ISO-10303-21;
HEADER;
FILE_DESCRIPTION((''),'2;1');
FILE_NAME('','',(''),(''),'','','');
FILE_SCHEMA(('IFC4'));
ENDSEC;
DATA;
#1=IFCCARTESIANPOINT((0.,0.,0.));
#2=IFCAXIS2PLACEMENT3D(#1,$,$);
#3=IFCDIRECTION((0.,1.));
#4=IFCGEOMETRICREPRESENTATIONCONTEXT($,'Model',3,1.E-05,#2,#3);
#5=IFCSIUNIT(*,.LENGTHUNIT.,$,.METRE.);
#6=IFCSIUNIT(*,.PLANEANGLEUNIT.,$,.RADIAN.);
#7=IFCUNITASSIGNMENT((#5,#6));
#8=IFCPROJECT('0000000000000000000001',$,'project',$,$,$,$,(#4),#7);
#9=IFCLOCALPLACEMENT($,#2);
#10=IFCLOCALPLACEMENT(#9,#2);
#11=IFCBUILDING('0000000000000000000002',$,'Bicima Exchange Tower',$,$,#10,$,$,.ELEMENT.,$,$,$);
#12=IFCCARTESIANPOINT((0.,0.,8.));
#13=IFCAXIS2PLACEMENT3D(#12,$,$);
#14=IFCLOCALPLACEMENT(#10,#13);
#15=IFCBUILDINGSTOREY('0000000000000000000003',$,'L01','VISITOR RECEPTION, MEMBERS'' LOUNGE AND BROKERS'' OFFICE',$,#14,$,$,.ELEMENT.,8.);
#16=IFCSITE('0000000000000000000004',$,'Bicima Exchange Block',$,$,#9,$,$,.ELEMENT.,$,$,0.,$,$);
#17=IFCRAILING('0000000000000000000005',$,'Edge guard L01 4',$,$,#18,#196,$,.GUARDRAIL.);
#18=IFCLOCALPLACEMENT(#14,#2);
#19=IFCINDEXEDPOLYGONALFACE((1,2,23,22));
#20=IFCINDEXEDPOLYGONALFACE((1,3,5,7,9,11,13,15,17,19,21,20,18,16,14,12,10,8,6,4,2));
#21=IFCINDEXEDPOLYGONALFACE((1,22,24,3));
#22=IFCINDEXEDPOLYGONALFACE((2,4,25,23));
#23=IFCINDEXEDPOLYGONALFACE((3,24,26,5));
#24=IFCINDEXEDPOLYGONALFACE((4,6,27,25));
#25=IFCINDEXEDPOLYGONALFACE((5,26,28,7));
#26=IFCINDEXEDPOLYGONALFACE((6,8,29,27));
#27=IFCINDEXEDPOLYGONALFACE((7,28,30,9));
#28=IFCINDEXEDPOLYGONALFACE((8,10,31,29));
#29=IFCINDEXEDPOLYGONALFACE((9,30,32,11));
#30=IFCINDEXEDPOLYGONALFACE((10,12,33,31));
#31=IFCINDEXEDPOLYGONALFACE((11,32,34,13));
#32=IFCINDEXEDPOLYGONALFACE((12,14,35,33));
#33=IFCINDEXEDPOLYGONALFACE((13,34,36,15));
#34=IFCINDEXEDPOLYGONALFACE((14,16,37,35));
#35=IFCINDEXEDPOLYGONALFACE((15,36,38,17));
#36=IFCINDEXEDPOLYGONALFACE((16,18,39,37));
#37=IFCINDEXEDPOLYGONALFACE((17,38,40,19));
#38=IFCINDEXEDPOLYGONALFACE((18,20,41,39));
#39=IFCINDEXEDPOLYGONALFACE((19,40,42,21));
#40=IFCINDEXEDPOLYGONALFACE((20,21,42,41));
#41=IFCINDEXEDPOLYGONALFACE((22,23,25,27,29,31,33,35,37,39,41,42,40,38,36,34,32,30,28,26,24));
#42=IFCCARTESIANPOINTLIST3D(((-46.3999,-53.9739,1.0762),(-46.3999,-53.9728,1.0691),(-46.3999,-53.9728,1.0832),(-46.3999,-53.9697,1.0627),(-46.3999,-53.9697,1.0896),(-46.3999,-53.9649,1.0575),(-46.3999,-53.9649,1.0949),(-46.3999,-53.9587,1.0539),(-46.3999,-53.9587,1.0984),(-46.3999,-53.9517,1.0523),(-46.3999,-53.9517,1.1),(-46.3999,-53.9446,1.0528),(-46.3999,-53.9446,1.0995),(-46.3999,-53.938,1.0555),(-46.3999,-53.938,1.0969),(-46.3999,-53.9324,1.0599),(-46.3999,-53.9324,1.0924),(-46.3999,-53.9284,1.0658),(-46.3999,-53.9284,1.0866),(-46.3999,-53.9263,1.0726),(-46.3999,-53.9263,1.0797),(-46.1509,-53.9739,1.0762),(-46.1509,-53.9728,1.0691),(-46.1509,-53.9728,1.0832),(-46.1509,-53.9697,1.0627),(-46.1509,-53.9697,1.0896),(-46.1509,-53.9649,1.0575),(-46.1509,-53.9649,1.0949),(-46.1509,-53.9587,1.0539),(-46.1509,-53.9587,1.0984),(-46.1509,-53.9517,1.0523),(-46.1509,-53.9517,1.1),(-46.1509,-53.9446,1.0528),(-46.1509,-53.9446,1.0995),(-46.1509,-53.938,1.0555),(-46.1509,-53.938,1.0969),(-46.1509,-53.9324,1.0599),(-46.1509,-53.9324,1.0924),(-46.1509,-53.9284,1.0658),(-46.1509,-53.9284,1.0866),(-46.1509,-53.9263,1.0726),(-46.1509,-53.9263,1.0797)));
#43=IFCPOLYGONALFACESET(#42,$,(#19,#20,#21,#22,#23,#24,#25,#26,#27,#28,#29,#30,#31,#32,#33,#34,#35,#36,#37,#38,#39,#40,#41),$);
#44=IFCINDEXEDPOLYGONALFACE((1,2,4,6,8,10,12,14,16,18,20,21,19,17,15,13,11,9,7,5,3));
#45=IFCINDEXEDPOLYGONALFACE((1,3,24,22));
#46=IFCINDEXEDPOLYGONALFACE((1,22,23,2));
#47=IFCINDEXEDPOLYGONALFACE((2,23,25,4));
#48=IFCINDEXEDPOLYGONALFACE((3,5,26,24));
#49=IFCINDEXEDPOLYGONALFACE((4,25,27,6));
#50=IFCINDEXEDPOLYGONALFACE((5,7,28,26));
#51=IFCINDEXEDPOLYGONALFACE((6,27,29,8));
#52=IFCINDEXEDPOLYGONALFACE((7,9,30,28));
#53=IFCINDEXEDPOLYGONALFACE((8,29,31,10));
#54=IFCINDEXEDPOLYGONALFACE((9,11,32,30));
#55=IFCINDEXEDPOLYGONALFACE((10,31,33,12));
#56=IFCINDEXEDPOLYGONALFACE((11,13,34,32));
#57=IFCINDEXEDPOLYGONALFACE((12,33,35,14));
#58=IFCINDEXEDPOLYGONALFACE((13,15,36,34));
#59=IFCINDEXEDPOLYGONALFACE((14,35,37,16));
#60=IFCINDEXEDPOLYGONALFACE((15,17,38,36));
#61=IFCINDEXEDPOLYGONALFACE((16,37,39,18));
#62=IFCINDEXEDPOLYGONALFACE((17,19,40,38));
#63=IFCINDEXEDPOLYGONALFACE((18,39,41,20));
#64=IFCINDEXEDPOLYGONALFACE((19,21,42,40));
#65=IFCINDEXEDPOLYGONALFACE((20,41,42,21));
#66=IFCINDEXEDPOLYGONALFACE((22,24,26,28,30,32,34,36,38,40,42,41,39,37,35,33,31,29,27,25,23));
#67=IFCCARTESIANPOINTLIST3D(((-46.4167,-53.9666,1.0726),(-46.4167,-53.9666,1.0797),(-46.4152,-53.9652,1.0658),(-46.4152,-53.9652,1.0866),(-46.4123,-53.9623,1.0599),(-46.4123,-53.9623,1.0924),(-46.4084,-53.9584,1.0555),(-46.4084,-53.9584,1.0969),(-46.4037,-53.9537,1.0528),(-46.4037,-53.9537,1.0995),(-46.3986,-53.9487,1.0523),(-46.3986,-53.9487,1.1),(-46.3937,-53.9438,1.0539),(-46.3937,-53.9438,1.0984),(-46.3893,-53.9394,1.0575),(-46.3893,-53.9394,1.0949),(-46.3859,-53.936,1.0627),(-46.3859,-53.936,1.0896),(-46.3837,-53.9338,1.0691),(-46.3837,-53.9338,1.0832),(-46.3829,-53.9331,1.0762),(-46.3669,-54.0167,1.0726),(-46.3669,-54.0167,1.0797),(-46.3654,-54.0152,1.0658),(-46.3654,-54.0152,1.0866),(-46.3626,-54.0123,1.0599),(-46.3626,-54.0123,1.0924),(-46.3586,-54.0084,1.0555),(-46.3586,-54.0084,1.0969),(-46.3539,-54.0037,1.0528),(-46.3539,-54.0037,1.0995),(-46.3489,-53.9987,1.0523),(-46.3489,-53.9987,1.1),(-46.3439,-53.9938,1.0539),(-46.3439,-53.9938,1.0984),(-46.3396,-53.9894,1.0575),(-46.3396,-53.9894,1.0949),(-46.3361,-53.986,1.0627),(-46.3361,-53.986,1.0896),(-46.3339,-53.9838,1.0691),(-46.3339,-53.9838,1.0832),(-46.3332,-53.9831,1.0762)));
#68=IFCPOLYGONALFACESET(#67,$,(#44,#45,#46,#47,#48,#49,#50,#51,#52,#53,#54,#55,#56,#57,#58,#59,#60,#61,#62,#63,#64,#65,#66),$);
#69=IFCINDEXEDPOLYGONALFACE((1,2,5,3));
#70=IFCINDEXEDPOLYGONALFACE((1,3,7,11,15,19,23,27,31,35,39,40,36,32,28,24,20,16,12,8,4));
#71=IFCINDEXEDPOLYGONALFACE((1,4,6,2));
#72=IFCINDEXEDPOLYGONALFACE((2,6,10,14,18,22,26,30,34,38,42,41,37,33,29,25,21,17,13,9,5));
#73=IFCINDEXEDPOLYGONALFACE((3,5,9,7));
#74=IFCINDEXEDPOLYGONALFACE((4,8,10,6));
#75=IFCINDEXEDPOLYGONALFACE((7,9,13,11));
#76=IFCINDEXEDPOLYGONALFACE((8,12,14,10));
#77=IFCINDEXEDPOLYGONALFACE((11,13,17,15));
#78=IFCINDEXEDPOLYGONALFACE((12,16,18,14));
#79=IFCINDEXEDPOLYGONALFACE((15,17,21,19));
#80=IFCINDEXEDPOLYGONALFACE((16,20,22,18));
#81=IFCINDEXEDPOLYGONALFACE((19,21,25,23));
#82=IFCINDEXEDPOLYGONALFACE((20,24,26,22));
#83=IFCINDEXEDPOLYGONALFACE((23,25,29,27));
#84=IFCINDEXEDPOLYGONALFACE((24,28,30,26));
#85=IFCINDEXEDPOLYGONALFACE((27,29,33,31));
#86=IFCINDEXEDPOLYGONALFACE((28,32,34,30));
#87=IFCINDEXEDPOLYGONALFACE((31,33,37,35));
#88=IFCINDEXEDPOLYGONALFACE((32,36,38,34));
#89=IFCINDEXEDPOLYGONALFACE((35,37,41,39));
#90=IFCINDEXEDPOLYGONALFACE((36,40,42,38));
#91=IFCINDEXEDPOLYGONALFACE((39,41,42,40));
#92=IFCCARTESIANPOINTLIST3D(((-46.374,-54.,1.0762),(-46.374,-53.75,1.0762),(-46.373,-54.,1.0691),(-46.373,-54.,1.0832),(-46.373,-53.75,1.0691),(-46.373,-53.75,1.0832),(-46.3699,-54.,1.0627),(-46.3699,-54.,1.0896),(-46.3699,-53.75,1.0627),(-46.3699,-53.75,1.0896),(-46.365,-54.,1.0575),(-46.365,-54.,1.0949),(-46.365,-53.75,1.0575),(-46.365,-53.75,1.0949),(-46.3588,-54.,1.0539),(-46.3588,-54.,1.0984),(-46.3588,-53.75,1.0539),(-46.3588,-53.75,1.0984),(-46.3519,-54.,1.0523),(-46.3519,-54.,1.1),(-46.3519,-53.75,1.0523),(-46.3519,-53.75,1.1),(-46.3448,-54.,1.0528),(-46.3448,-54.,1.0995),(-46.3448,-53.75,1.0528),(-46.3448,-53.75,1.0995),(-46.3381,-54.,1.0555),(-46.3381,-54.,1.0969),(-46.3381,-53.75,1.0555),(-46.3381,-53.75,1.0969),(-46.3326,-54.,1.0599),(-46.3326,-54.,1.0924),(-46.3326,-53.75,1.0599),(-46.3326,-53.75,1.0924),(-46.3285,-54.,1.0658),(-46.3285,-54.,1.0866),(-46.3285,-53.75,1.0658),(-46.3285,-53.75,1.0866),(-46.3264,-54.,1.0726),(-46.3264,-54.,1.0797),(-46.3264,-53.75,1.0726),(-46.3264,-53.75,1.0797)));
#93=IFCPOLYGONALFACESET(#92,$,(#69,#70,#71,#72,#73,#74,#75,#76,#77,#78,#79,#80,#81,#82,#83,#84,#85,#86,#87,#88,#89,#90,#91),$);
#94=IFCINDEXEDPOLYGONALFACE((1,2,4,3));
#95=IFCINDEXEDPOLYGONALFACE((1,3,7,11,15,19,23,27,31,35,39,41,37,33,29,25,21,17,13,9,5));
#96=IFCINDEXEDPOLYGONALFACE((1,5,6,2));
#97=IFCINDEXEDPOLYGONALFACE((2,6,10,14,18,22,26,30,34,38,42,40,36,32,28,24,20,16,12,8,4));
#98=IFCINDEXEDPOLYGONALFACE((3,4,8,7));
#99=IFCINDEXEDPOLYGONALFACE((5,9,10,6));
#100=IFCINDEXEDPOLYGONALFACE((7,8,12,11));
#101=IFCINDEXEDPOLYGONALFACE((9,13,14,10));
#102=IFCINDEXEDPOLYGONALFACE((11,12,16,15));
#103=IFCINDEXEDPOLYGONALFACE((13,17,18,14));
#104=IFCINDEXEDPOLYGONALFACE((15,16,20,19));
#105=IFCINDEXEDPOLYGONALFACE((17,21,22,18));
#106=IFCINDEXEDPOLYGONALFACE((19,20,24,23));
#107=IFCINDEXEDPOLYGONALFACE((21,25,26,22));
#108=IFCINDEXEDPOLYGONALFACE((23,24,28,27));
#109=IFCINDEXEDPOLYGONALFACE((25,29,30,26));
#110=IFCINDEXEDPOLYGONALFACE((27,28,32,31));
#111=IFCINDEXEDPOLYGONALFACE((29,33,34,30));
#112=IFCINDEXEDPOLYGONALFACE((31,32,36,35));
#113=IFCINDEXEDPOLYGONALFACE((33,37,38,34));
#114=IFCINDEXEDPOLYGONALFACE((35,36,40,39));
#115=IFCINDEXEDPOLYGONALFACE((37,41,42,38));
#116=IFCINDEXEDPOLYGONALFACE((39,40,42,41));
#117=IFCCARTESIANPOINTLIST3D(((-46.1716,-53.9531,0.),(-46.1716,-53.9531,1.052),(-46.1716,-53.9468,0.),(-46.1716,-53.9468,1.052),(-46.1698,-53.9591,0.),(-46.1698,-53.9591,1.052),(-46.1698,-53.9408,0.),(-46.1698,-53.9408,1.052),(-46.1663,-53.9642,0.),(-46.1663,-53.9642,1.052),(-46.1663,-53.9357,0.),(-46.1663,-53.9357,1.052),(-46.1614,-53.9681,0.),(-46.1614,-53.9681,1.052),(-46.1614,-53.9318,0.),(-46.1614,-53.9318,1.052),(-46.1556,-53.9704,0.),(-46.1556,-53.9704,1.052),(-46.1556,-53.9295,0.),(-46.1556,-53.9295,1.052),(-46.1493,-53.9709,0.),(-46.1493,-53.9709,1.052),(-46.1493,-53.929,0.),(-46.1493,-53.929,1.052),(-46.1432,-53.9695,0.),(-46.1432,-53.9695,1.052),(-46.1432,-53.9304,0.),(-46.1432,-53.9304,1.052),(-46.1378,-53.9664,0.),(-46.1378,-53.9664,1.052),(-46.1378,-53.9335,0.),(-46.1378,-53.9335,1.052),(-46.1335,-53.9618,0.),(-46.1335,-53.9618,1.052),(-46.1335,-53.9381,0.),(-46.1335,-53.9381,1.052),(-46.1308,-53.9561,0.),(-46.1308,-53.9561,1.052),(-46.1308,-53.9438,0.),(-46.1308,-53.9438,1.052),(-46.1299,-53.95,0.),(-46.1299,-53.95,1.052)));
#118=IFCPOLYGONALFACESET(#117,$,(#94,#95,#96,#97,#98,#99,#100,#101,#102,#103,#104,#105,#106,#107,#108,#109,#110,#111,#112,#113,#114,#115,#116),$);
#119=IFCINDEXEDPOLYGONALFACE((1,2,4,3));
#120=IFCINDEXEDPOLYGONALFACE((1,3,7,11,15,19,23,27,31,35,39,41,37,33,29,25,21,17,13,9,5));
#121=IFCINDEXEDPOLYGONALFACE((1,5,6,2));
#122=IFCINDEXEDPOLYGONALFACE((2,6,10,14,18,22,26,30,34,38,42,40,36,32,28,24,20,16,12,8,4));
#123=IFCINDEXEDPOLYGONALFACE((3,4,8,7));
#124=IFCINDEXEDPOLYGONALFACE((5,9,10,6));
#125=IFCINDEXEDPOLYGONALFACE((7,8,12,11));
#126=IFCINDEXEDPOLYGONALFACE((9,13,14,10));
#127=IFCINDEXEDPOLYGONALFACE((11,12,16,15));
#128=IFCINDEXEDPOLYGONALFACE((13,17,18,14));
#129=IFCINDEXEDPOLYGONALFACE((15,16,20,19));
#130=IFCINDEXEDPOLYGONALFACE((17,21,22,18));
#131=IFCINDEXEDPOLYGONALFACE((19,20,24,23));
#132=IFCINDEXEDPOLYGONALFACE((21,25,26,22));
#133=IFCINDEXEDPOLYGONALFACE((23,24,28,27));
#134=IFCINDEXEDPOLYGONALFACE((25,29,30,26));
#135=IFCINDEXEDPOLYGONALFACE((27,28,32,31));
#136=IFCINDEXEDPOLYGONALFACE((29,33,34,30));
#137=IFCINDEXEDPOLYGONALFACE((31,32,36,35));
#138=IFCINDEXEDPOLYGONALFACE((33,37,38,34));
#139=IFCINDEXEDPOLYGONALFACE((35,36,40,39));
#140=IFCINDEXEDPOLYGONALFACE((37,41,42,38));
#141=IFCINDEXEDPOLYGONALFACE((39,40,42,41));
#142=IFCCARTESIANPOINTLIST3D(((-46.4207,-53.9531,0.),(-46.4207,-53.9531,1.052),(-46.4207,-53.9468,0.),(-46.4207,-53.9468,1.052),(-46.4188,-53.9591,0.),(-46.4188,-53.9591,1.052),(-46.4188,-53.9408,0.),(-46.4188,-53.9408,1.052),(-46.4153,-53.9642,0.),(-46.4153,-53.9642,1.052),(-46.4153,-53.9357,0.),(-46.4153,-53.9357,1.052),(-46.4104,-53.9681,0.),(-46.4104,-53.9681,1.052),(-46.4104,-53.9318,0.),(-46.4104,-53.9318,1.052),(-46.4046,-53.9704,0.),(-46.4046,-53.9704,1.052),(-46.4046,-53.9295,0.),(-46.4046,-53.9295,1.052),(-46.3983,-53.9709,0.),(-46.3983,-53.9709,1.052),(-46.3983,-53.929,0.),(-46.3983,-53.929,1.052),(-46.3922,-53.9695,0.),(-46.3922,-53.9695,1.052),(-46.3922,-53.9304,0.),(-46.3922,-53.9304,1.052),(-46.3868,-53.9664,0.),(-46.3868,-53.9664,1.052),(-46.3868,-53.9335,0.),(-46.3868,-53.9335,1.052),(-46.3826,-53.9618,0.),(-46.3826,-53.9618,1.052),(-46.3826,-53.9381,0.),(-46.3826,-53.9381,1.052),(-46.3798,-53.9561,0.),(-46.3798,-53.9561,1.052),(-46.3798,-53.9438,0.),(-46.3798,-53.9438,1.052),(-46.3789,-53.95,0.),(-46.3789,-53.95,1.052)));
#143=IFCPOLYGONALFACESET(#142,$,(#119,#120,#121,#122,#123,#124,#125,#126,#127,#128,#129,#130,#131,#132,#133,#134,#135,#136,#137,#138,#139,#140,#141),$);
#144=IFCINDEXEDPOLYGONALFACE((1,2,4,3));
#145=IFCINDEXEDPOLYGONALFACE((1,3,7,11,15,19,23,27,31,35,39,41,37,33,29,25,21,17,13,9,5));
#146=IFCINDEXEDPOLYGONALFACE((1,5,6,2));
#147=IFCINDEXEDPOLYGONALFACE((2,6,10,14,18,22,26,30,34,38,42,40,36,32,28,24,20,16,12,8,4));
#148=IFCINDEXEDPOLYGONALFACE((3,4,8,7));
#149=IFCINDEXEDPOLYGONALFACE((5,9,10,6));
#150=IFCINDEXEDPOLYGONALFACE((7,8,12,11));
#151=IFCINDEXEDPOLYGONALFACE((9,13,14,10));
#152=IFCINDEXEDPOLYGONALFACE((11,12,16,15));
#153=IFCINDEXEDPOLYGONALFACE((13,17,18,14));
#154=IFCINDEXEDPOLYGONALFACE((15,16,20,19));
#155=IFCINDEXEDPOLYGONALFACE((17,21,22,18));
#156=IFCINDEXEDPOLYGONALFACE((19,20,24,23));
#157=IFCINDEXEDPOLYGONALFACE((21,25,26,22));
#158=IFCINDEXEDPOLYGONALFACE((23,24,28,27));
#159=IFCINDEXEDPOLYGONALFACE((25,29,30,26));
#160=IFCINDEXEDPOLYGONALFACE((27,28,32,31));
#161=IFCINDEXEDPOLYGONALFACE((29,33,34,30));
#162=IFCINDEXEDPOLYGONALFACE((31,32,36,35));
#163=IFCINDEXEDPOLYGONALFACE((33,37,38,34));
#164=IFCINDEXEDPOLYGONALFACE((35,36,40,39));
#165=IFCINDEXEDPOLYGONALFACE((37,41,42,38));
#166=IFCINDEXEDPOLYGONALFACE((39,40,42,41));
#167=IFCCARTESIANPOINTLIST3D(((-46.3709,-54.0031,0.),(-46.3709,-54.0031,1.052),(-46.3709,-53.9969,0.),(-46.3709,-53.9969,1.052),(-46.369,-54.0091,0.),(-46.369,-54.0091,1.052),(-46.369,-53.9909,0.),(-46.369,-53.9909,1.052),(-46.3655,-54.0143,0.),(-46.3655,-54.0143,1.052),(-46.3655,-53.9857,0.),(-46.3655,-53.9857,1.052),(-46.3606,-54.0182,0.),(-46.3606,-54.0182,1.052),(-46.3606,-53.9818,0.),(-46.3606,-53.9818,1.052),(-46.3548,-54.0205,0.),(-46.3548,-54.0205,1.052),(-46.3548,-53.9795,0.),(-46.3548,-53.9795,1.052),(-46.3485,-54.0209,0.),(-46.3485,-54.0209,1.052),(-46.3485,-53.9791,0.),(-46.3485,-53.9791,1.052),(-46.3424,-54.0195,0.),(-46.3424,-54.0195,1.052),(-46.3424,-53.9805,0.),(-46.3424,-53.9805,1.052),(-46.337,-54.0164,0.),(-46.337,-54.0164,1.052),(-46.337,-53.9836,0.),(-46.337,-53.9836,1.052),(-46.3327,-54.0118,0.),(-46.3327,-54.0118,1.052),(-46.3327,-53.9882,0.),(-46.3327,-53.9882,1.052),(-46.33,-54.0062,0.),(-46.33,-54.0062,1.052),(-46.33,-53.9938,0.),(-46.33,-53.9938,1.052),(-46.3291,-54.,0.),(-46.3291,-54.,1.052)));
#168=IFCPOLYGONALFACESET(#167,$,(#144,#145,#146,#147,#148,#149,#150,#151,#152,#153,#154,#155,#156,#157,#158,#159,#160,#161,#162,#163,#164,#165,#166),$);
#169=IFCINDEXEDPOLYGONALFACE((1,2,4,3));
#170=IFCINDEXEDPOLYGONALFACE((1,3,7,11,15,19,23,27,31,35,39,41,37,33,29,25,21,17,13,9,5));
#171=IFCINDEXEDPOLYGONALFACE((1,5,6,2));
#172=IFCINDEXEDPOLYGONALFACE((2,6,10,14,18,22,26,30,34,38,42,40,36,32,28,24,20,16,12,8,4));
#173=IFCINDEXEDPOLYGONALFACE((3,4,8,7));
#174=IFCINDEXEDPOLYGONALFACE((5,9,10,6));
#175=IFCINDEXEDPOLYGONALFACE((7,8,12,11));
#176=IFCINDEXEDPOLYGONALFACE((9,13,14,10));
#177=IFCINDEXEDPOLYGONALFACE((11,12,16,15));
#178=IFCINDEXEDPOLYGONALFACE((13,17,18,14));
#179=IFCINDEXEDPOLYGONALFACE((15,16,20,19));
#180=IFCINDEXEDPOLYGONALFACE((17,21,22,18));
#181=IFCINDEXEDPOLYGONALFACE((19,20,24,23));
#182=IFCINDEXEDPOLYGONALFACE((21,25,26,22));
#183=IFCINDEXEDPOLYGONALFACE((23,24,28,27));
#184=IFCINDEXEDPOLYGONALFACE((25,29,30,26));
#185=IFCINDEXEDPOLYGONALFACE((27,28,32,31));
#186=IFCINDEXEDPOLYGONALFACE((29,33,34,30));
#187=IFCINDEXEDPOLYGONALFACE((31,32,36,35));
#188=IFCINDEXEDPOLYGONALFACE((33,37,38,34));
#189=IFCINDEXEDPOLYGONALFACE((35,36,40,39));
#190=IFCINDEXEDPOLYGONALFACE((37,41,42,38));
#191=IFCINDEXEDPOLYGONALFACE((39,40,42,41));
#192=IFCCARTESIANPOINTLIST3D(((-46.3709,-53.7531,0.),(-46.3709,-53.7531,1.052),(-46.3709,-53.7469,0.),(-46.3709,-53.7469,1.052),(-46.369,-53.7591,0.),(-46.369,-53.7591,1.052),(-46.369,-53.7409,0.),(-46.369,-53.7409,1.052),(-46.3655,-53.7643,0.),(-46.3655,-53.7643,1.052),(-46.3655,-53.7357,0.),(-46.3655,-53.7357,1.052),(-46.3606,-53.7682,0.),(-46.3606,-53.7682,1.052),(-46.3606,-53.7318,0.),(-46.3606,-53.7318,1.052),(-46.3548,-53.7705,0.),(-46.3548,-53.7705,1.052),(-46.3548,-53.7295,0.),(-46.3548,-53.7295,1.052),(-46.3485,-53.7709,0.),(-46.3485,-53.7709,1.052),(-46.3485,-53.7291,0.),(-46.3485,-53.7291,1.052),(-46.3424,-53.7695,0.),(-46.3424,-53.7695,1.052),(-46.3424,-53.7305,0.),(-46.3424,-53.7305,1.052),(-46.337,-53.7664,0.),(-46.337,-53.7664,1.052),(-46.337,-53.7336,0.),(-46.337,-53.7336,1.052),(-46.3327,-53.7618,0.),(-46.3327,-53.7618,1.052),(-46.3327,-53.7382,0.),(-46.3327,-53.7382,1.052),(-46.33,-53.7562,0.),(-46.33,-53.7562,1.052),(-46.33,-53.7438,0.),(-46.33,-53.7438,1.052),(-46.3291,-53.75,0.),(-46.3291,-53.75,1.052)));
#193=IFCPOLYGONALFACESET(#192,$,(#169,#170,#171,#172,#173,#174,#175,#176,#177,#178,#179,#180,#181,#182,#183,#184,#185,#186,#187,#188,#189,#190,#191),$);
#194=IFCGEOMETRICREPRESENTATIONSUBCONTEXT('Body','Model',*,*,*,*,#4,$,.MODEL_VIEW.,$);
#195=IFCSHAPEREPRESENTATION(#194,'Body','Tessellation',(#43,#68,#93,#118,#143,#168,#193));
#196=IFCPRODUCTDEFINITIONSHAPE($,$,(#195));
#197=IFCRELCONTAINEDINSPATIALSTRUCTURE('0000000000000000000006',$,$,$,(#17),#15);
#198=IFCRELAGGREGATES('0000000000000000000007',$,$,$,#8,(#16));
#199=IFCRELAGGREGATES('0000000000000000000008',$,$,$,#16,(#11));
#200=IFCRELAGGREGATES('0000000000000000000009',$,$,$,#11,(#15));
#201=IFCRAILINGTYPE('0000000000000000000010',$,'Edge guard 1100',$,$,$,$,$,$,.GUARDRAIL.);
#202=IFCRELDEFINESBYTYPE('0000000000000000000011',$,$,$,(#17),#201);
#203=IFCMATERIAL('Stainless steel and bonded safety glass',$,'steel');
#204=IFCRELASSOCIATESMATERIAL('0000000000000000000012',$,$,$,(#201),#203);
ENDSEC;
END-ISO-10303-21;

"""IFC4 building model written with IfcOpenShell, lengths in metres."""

from ifc_helpers import new_model, si_unit, direction, frame, origin, origin_2d, place, context, subcontext, project, spatial, circle, extrude, material, type_object, element, save


model = new_model("IFC4")

# Units and contexts
model_context = context("Model", 3, precision=1e-05, world=origin(), true_north=direction((0.0, 1.0)))
body_context = subcontext(model_context, "Body", "Model", "MODEL_VIEW")
ifc_project = project(units=[si_unit("LENGTHUNIT", "METRE"), si_unit("PLANEANGLEUNIT", "RADIAN")], contexts=[model_context])

# Site, building, storey
site_placement = place(None, origin())
site = spatial("IfcSite", under=ifc_project, at=site_placement, Name="Bicima Exchange Block", CompositionType="ELEMENT", RefElevation=0.0)
building_placement = place(site_placement, origin())
building = spatial("IfcBuilding", under=site, at=building_placement, Name="Bicima Exchange Tower", CompositionType="ELEMENT")
storey_placement = place(building_placement, frame((0.0, 0.0, 8.0)))
storey = spatial("IfcBuildingStorey", under=building, at=storey_placement, Name="L01", Description="VISITOR RECEPTION, MEMBERS' LOUNGE AND BROKERS' OFFICE", CompositionType="ELEMENT", Elevation=8.0)

# Railing
ifc_material_1 = material(Name="Stainless steel and bonded safety glass", Category="steel")
railing_type = type_object("IfcRailingType", Name="Edge guard 1100", PredefinedType="GUARDRAIL", material=ifc_material_1)
railing_placement = place(storey_placement, frame((-46.1509, -53.95, 0.0)))
element("IfcRailing", 1, at=railing_placement, inside=storey, type_object=railing_type, Name="Edge guard L01 4", PredefinedType="GUARDRAIL", context=body_context, shape_type="SweptSolid", body=[
    extrude(circle(Radius=0.0239, at=origin_2d()), frame((0.0, 0.0, 1.0762), z_axis=(-1.0, 0.0, 0.0), x_axis=(0.0, -1.0, 0.0)), (0.0, 0.0, 1.0), 0.249),
    extrude(circle(Radius=0.0239, at=origin_2d()), frame((-0.249, 0.0, 1.0762), z_axis=(0.705376, -0.708834, 0.0), x_axis=(0.708834, 0.705376, 0.0)), (0.0, 0.0, 1.0), 0.0706),
    extrude(circle(Radius=0.0239, at=origin_2d()), frame((-0.1992, -0.05, 1.0762), z_axis=(0.0, 1.0, 0.0), x_axis=(-1.0, 0.0, 0.0)), (0.0, 0.0, 1.0), 0.25),
    extrude(circle(Radius=0.021, at=origin_2d()), origin(), (0.0, 0.0, 1.0), 1.052),
    extrude(circle(Radius=0.021, at=origin_2d()), frame((-0.249, 0.0, 0.0)), (0.0, 0.0, 1.0), 1.052),
    extrude(circle(Radius=0.021, at=origin_2d()), frame((-0.1992, -0.05, 0.0)), (0.0, 0.0, 1.0), 1.052),
    extrude(circle(Radius=0.021, at=origin_2d()), frame((-0.1992, 0.2, 0.0)), (0.0, 0.0, 1.0), 1.052),
])

save(model, "model.ifc")
